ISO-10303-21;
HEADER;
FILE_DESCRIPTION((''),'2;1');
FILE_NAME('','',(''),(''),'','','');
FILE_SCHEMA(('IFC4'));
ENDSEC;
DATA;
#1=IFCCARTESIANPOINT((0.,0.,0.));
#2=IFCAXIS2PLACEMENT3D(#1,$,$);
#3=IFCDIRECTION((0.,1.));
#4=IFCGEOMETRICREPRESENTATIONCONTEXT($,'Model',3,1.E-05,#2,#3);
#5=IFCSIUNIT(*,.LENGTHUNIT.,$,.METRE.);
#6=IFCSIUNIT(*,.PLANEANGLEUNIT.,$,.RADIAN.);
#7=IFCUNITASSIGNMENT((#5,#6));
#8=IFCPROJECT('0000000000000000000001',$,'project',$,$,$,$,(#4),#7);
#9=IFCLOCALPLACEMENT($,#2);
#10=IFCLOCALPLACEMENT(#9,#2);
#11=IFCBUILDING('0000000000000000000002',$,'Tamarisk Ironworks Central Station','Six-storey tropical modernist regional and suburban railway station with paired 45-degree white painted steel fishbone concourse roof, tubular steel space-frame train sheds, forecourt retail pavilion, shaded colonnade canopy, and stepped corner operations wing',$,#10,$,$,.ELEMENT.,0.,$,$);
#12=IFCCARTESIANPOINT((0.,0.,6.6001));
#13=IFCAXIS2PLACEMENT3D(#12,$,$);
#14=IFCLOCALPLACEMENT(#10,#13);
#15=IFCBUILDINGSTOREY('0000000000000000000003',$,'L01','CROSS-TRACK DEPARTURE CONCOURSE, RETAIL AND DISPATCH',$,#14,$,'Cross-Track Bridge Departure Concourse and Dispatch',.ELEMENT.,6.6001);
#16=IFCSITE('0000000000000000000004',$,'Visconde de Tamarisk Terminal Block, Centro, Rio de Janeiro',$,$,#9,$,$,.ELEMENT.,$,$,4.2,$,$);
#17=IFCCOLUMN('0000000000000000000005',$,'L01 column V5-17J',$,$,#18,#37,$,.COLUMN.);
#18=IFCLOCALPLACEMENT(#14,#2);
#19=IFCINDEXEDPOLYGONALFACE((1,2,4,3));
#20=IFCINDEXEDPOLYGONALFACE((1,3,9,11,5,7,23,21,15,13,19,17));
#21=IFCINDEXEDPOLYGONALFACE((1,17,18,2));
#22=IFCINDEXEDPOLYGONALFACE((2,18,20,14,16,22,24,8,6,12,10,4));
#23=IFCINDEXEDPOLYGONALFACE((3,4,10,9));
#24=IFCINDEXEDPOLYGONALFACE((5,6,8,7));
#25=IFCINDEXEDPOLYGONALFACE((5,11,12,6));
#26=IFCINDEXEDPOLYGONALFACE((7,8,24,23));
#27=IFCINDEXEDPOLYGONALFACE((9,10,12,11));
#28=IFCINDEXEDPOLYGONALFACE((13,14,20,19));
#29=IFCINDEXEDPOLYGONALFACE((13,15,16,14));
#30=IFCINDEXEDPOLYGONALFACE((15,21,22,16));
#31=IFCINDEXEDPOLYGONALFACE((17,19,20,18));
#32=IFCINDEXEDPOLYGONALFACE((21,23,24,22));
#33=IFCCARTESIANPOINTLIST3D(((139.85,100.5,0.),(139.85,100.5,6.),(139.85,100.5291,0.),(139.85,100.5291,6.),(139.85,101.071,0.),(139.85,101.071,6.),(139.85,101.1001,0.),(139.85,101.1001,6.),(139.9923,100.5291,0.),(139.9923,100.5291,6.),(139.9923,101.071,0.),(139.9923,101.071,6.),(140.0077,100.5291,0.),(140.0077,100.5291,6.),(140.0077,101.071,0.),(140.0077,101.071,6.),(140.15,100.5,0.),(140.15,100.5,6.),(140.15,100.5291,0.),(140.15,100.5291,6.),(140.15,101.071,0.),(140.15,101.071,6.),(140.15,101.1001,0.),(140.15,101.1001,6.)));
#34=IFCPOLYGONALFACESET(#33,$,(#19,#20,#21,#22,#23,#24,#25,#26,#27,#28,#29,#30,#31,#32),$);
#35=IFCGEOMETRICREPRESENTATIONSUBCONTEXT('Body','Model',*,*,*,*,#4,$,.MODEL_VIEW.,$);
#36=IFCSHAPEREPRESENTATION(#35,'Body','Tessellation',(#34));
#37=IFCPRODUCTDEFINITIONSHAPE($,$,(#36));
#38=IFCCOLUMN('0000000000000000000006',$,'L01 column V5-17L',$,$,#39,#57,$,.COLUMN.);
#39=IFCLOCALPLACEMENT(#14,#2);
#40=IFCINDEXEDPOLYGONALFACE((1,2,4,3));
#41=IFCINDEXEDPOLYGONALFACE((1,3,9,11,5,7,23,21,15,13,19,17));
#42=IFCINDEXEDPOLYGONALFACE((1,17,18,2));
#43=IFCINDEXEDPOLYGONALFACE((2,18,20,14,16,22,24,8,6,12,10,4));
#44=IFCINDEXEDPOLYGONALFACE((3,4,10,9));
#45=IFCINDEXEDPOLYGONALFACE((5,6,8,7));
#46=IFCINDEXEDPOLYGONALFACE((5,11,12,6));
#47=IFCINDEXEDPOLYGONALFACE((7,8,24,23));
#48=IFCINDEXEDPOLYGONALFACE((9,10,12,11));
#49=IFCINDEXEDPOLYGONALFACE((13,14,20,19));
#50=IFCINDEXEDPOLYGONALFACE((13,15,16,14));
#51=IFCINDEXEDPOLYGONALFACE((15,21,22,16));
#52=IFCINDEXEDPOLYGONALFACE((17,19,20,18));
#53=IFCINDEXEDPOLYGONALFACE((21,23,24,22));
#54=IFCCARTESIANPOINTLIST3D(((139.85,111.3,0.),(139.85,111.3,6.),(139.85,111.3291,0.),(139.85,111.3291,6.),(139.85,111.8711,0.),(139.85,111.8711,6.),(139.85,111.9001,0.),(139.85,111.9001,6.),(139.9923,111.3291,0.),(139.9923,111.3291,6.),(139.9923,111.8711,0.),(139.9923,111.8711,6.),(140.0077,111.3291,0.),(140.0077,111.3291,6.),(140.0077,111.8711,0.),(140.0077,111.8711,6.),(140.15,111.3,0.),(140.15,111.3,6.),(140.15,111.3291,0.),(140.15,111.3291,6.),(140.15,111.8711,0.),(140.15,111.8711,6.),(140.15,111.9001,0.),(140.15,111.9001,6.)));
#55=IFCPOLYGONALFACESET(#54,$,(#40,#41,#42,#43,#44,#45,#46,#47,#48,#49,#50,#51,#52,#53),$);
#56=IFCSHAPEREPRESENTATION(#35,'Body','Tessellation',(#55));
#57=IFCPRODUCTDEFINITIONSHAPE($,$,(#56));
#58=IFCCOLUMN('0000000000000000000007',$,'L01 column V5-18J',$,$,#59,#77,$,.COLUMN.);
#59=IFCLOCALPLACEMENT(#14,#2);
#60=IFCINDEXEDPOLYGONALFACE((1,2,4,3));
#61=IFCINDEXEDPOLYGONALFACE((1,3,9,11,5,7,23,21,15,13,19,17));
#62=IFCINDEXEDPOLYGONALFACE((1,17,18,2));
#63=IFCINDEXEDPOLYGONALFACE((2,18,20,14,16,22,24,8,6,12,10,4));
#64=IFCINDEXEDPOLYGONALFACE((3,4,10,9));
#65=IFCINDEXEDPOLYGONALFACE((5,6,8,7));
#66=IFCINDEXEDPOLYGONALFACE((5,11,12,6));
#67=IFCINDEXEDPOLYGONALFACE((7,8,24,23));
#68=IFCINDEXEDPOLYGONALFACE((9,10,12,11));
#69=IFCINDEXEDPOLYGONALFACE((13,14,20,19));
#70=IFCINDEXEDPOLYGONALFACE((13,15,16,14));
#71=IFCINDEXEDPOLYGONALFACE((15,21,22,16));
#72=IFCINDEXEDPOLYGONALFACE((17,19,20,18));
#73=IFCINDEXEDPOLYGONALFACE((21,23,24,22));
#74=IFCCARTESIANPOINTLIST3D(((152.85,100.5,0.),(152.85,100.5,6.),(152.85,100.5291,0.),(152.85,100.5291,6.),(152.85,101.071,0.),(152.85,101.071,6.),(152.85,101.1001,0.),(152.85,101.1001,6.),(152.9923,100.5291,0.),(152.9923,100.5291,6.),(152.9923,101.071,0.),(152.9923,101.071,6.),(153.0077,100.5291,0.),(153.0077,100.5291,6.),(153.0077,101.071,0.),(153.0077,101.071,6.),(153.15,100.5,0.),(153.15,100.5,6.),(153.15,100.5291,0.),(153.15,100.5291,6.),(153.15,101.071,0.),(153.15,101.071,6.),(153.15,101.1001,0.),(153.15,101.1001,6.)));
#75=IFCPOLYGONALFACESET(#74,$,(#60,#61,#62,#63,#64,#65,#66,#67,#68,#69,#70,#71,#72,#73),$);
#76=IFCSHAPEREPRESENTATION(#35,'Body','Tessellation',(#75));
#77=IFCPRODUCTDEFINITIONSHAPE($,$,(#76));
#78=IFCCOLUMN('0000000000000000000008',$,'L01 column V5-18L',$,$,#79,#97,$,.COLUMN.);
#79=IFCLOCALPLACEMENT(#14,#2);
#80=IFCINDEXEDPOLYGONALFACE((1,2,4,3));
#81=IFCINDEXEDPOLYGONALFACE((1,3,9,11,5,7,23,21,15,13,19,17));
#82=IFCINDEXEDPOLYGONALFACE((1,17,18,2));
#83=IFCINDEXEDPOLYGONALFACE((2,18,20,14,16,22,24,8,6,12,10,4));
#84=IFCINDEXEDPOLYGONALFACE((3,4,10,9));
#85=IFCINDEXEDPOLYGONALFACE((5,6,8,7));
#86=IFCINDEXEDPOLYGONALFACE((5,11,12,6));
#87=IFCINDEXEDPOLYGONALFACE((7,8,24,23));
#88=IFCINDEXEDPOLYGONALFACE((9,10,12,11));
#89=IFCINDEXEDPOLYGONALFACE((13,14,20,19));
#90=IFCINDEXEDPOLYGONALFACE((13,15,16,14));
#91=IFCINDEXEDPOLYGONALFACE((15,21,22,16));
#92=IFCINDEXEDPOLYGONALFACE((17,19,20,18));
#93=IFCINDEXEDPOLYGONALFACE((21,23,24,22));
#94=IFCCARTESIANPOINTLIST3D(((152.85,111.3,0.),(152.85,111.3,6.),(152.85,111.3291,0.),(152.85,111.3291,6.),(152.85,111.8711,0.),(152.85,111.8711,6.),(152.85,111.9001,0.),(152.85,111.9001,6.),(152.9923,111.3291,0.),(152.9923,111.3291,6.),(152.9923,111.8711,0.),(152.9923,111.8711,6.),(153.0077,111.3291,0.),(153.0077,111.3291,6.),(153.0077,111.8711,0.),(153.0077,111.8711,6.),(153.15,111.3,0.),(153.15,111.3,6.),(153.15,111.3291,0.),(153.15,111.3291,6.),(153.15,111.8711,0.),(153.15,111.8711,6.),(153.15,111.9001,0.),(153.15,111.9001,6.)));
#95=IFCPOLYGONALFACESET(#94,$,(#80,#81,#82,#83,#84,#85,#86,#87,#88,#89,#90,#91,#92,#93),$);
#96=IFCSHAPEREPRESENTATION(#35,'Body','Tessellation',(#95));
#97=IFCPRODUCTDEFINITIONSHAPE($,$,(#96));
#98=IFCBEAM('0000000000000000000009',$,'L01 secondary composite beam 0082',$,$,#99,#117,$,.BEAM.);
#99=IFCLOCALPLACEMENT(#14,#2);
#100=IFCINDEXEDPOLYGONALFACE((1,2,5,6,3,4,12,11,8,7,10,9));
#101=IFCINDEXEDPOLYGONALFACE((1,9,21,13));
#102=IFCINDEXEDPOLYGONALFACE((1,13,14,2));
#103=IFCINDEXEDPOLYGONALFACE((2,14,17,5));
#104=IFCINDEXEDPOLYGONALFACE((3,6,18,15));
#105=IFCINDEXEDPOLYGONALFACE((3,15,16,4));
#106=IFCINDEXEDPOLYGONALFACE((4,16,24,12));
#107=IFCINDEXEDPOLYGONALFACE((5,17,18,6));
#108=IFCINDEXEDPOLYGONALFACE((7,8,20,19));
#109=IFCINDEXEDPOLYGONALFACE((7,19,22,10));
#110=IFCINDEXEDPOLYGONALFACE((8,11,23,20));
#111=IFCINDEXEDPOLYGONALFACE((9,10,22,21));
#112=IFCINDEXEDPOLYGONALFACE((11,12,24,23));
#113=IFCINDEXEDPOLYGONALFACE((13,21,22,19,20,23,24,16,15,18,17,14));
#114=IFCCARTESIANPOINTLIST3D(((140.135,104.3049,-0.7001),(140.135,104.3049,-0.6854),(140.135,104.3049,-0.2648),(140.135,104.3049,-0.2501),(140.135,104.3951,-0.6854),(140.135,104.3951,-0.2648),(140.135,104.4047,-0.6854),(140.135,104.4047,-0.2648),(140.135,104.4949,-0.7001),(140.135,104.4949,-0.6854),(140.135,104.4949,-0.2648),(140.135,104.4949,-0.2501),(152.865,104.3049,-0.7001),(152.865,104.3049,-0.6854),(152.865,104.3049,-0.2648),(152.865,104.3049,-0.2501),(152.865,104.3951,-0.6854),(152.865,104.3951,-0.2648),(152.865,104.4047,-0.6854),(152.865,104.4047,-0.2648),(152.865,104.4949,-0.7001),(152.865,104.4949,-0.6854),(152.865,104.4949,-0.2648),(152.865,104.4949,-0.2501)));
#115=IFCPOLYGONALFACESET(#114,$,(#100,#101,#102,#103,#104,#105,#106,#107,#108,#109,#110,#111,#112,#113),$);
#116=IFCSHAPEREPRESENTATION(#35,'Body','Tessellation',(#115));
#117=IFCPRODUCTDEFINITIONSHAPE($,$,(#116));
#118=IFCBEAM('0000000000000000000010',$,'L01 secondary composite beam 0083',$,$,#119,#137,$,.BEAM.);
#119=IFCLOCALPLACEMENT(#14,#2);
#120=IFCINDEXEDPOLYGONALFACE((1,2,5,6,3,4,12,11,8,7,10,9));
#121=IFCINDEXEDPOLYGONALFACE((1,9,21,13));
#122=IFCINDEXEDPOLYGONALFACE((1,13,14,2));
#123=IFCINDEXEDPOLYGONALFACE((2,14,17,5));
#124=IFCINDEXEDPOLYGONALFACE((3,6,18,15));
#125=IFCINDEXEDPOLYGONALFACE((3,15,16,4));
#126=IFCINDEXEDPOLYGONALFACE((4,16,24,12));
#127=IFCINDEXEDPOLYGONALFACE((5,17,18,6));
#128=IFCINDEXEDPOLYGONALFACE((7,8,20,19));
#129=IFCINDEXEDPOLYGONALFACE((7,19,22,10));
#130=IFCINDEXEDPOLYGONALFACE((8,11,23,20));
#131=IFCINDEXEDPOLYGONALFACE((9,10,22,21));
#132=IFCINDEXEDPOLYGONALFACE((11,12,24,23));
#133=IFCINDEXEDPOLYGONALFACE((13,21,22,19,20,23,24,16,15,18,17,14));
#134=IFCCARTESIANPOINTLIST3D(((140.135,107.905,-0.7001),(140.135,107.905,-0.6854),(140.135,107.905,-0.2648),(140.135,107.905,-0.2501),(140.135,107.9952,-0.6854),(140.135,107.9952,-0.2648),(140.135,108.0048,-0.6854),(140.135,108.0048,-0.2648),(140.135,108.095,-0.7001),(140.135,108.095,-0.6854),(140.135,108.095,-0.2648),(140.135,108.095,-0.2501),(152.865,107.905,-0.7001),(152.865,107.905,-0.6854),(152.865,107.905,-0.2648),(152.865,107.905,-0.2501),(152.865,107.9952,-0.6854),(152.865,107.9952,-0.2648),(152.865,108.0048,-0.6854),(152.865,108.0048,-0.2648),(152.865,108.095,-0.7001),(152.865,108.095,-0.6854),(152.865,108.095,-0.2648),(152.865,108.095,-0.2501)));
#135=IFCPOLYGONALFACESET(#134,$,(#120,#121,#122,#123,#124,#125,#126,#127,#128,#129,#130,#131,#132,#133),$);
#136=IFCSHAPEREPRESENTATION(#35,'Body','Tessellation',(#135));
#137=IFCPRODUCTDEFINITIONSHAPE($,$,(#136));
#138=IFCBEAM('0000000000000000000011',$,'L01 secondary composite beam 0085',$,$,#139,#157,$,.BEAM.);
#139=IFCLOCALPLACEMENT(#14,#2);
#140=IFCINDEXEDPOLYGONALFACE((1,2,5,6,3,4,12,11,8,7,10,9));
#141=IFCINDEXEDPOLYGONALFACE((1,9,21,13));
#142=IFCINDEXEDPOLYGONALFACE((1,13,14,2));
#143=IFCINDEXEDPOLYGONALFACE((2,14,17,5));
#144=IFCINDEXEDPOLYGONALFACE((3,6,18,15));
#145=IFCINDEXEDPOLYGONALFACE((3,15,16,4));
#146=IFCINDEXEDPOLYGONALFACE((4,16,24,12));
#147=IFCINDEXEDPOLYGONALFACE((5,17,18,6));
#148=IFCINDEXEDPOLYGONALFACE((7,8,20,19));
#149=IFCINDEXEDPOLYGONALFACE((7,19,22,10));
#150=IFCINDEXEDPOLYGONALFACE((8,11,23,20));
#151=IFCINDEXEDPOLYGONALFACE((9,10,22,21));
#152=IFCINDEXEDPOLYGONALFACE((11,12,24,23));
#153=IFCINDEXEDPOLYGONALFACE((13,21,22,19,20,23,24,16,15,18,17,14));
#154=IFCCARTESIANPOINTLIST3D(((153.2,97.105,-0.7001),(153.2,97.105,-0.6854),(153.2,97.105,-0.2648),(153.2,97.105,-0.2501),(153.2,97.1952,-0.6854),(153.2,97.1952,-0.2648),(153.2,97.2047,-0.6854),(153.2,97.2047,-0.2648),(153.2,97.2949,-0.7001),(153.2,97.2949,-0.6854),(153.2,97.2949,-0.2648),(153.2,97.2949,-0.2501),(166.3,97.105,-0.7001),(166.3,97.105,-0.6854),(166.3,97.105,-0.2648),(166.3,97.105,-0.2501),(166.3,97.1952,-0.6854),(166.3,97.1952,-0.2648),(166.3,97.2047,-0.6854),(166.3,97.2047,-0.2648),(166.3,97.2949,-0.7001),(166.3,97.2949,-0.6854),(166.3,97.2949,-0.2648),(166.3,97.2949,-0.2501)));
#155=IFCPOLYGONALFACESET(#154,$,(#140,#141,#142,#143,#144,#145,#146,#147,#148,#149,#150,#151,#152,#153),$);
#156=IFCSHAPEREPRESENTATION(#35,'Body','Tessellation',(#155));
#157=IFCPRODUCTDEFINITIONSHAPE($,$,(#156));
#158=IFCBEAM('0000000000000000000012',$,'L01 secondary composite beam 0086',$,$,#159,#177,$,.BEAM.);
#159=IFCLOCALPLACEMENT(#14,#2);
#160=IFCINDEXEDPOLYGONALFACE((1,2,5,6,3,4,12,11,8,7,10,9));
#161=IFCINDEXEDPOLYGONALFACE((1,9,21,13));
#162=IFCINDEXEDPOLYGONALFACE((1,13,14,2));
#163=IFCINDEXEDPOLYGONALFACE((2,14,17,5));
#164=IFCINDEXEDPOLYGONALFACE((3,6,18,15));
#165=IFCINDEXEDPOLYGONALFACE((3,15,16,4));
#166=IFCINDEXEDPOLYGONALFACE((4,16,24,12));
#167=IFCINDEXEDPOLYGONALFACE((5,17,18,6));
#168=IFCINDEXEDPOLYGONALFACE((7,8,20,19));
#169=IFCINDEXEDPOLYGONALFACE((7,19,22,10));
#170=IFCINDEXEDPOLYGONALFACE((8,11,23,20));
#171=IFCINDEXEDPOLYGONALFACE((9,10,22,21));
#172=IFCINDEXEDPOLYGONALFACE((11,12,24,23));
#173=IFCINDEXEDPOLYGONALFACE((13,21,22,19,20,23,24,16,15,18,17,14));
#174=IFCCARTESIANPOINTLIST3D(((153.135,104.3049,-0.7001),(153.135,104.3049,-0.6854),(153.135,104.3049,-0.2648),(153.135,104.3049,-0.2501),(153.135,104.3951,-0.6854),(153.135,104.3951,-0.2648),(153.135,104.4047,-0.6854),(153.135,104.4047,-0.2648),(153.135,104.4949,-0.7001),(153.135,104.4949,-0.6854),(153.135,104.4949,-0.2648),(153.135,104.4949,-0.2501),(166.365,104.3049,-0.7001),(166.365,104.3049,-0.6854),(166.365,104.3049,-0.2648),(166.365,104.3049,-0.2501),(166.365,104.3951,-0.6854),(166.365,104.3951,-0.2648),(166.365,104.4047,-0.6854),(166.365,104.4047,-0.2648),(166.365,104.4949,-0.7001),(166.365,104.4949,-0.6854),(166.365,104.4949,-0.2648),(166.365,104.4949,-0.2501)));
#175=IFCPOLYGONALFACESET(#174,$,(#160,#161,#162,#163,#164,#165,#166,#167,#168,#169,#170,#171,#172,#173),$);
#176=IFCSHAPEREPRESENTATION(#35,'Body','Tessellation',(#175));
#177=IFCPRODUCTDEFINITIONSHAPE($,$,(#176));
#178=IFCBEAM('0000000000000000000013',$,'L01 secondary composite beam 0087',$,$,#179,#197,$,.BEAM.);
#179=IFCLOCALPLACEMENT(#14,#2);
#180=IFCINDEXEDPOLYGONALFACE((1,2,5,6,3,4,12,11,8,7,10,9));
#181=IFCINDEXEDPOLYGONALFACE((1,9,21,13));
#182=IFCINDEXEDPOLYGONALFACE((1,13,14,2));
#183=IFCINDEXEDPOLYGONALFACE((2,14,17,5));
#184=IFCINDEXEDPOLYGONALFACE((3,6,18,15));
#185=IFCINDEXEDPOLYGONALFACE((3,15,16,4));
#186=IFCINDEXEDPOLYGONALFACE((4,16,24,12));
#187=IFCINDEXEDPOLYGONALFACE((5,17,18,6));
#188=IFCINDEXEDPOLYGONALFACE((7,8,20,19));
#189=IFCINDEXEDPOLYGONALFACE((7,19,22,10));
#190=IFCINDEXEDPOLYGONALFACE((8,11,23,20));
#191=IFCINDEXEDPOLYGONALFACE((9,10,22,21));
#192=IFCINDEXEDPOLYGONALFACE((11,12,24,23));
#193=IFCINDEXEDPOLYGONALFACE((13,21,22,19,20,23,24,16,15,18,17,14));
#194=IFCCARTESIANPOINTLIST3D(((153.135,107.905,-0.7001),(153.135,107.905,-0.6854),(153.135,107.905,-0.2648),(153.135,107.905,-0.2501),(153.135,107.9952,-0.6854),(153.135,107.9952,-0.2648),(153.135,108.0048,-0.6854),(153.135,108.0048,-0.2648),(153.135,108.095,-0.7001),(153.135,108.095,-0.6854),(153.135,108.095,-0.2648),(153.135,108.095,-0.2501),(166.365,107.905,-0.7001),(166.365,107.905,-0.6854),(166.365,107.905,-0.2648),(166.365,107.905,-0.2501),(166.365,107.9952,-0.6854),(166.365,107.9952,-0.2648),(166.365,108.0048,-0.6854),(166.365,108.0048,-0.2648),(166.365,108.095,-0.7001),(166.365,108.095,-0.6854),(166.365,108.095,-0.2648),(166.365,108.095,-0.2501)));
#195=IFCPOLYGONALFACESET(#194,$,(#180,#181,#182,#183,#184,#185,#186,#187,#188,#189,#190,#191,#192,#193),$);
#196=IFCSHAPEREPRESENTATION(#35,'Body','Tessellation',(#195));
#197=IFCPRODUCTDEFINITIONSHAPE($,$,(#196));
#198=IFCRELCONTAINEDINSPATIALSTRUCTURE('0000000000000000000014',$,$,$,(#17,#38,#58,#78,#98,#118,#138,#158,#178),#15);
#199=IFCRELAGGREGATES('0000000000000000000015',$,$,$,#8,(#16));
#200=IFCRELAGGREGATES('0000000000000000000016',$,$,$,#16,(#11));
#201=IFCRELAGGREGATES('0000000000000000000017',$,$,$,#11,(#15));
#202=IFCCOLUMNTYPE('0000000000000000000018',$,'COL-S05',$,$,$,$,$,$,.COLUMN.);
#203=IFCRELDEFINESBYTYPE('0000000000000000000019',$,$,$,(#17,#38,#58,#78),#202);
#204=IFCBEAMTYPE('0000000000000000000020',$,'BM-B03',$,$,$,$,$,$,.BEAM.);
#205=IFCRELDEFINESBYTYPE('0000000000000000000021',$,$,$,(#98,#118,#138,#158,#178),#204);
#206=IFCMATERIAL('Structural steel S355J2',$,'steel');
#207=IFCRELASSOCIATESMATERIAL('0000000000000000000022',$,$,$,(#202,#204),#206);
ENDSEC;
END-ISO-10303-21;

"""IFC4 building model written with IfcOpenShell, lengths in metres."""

from ifc_helpers import new_model, si_unit, direction, frame, origin, origin_2d, place, context, subcontext, project, spatial, i_section, extrude, material, material_profile, profile_set, type_object, element, save


model = new_model("IFC4")

# Units and contexts
model_context = context("Model", 3, precision=1e-05, world=origin(), true_north=direction((0.0, 1.0)))
body_context = subcontext(model_context, "Body", "Model", "MODEL_VIEW")
ifc_project = project(units=[si_unit("LENGTHUNIT", "METRE"), si_unit("PLANEANGLEUNIT", "RADIAN")], contexts=[model_context])

# Site, building, storey
site_placement = place(None, origin())
site = spatial("IfcSite", under=ifc_project, at=site_placement, Name="Visconde de Tamarisk Terminal Block, Centro, Rio de Janeiro", CompositionType="ELEMENT", RefElevation=4.2)
building_placement = place(site_placement, origin())
building = spatial("IfcBuilding", under=site, at=building_placement, Name="Tamarisk Ironworks Central Station", Description="Six-storey tropical modernist regional and suburban railway station with paired 45-degree white painted steel fishbone concourse roof, tubular steel space-frame train sheds, forecourt retail pavilion, shaded colonnade canopy, and stepped corner operations wing", CompositionType="ELEMENT", ElevationOfRefHeight=0.0)
storey_placement = place(building_placement, frame((0.0, 0.0, 6.6001)))
storey = spatial("IfcBuildingStorey", under=building, at=storey_placement, Name="L01", Description="CROSS-TRACK DEPARTURE CONCOURSE, RETAIL AND DISPATCH", LongName="Cross-Track Bridge Departure Concourse and Dispatch", CompositionType="ELEMENT", Elevation=6.6001)

# Columns
ifc_material_1 = material(Name="Structural steel S355J2", Category="steel")
ifc_material_profile_1 = material_profile(ifc_material_1, i_section(OverallWidth=0.3, OverallDepth=0.6001, WebThickness=0.0154, FlangeThickness=0.0291, at=origin_2d()), Name="HEB 600")
ifc_profile_set_1 = profile_set([ifc_material_profile_1], Name="Structural steel S355J2")
column_type = type_object("IfcColumnType", Name="COL-S05", PredefinedType="COLUMN", material=ifc_profile_set_1)
for number, where, z_axis, x_axis, name in (
    (1, (140.0, 100.8, 0.0), (0.0, 0.0, 1.0), (1.0, 0.0, 0.0), "L01 column V5-17J"),
    (2, (140.0, 111.6001, 0.0), (0.0, 0.0, 1.0), (1.0, 0.0, 0.0), "L01 column V5-17L"),
    (3, (153.0, 100.8, 0.0), (0.0, 0.0, 1.0), (1.0, 0.0, 0.0), "L01 column V5-18J"),
    (4, (153.0, 111.6001, 0.0), (0.0, 0.0, 1.0), (1.0, 0.0, 0.0), "L01 column V5-18L"),
):
    element("IfcColumn", number, at=place(storey_placement, frame(where, z_axis=z_axis, x_axis=x_axis)), inside=storey, type_object=column_type, Name=name, PredefinedType="COLUMN", context=body_context, shape_type="SweptSolid", body=[
        extrude(i_section(OverallWidth=0.3, OverallDepth=0.6001, WebThickness=0.0154, FlangeThickness=0.0291, at=origin_2d()), origin(), (0.0, 0.0, 1.0), 6.0),
    ])

# Beams
ifc_material_profile_2 = material_profile(ifc_material_1, i_section(OverallWidth=0.1899, OverallDepth=0.45, WebThickness=0.0095, FlangeThickness=0.0146, at=origin_2d()), Name="IPE 450")
ifc_profile_set_2 = profile_set([ifc_material_profile_2], Name="Structural steel S355J2")
beam_type_1 = type_object("IfcBeamType", Name="BM-B03", PredefinedType="BEAM", material=ifc_profile_set_2)
for number, where, z_axis, x_axis, name in (
    (5, (140.135, 104.3999, -0.4751), (1.0, 0.0, 0.0), (0.0, 1.0, 0.0), "L01 secondary composite beam 0082"),
    (6, (140.135, 108.0, -0.4751), (1.0, 0.0, 0.0), (0.0, 1.0, 0.0), "L01 secondary composite beam 0083"),
):
    element("IfcBeam", number, at=place(storey_placement, frame(where, z_axis=z_axis, x_axis=x_axis)), inside=storey, type_object=beam_type_1, Name=name, PredefinedType="BEAM", context=body_context, shape_type="SweptSolid", body=[
        extrude(i_section(OverallWidth=0.1899, OverallDepth=0.45, WebThickness=0.0095, FlangeThickness=0.0146, at=origin_2d()), origin(), (0.0, 0.0, 1.0), 12.73),
    ])
beam_1_placement = place(storey_placement, frame((153.2, 97.2, -0.4751), z_axis=(1.0, 0.0, 0.0), x_axis=(0.0, 1.0, 0.0)))
element("IfcBeam", 7, at=beam_1_placement, inside=storey, type_object=beam_type_1, Name="L01 secondary composite beam 0085", PredefinedType="BEAM", context=body_context, shape_type="SweptSolid", body=[
    extrude(i_section(OverallWidth=0.1899, OverallDepth=0.45, WebThickness=0.0095, FlangeThickness=0.0146, at=origin_2d()), origin(), (0.0, 0.0, 1.0), 13.1001),
])
for number, where, z_axis, x_axis, name in (
    (8, (153.135, 104.3999, -0.4751), (1.0, 0.0, 0.0), (0.0, 1.0, 0.0), "L01 secondary composite beam 0086"),
    (9, (153.135, 108.0, -0.4751), (1.0, 0.0, 0.0), (0.0, 1.0, 0.0), "L01 secondary composite beam 0087"),
):
    element("IfcBeam", number, at=place(storey_placement, frame(where, z_axis=z_axis, x_axis=x_axis)), inside=storey, type_object=beam_type_1, Name=name, PredefinedType="BEAM", context=body_context, shape_type="SweptSolid", body=[
        extrude(i_section(OverallWidth=0.1899, OverallDepth=0.45, WebThickness=0.0095, FlangeThickness=0.0146, at=origin_2d()), origin(), (0.0, 0.0, 1.0), 13.23),
    ])

save(model, "model.ifc")
